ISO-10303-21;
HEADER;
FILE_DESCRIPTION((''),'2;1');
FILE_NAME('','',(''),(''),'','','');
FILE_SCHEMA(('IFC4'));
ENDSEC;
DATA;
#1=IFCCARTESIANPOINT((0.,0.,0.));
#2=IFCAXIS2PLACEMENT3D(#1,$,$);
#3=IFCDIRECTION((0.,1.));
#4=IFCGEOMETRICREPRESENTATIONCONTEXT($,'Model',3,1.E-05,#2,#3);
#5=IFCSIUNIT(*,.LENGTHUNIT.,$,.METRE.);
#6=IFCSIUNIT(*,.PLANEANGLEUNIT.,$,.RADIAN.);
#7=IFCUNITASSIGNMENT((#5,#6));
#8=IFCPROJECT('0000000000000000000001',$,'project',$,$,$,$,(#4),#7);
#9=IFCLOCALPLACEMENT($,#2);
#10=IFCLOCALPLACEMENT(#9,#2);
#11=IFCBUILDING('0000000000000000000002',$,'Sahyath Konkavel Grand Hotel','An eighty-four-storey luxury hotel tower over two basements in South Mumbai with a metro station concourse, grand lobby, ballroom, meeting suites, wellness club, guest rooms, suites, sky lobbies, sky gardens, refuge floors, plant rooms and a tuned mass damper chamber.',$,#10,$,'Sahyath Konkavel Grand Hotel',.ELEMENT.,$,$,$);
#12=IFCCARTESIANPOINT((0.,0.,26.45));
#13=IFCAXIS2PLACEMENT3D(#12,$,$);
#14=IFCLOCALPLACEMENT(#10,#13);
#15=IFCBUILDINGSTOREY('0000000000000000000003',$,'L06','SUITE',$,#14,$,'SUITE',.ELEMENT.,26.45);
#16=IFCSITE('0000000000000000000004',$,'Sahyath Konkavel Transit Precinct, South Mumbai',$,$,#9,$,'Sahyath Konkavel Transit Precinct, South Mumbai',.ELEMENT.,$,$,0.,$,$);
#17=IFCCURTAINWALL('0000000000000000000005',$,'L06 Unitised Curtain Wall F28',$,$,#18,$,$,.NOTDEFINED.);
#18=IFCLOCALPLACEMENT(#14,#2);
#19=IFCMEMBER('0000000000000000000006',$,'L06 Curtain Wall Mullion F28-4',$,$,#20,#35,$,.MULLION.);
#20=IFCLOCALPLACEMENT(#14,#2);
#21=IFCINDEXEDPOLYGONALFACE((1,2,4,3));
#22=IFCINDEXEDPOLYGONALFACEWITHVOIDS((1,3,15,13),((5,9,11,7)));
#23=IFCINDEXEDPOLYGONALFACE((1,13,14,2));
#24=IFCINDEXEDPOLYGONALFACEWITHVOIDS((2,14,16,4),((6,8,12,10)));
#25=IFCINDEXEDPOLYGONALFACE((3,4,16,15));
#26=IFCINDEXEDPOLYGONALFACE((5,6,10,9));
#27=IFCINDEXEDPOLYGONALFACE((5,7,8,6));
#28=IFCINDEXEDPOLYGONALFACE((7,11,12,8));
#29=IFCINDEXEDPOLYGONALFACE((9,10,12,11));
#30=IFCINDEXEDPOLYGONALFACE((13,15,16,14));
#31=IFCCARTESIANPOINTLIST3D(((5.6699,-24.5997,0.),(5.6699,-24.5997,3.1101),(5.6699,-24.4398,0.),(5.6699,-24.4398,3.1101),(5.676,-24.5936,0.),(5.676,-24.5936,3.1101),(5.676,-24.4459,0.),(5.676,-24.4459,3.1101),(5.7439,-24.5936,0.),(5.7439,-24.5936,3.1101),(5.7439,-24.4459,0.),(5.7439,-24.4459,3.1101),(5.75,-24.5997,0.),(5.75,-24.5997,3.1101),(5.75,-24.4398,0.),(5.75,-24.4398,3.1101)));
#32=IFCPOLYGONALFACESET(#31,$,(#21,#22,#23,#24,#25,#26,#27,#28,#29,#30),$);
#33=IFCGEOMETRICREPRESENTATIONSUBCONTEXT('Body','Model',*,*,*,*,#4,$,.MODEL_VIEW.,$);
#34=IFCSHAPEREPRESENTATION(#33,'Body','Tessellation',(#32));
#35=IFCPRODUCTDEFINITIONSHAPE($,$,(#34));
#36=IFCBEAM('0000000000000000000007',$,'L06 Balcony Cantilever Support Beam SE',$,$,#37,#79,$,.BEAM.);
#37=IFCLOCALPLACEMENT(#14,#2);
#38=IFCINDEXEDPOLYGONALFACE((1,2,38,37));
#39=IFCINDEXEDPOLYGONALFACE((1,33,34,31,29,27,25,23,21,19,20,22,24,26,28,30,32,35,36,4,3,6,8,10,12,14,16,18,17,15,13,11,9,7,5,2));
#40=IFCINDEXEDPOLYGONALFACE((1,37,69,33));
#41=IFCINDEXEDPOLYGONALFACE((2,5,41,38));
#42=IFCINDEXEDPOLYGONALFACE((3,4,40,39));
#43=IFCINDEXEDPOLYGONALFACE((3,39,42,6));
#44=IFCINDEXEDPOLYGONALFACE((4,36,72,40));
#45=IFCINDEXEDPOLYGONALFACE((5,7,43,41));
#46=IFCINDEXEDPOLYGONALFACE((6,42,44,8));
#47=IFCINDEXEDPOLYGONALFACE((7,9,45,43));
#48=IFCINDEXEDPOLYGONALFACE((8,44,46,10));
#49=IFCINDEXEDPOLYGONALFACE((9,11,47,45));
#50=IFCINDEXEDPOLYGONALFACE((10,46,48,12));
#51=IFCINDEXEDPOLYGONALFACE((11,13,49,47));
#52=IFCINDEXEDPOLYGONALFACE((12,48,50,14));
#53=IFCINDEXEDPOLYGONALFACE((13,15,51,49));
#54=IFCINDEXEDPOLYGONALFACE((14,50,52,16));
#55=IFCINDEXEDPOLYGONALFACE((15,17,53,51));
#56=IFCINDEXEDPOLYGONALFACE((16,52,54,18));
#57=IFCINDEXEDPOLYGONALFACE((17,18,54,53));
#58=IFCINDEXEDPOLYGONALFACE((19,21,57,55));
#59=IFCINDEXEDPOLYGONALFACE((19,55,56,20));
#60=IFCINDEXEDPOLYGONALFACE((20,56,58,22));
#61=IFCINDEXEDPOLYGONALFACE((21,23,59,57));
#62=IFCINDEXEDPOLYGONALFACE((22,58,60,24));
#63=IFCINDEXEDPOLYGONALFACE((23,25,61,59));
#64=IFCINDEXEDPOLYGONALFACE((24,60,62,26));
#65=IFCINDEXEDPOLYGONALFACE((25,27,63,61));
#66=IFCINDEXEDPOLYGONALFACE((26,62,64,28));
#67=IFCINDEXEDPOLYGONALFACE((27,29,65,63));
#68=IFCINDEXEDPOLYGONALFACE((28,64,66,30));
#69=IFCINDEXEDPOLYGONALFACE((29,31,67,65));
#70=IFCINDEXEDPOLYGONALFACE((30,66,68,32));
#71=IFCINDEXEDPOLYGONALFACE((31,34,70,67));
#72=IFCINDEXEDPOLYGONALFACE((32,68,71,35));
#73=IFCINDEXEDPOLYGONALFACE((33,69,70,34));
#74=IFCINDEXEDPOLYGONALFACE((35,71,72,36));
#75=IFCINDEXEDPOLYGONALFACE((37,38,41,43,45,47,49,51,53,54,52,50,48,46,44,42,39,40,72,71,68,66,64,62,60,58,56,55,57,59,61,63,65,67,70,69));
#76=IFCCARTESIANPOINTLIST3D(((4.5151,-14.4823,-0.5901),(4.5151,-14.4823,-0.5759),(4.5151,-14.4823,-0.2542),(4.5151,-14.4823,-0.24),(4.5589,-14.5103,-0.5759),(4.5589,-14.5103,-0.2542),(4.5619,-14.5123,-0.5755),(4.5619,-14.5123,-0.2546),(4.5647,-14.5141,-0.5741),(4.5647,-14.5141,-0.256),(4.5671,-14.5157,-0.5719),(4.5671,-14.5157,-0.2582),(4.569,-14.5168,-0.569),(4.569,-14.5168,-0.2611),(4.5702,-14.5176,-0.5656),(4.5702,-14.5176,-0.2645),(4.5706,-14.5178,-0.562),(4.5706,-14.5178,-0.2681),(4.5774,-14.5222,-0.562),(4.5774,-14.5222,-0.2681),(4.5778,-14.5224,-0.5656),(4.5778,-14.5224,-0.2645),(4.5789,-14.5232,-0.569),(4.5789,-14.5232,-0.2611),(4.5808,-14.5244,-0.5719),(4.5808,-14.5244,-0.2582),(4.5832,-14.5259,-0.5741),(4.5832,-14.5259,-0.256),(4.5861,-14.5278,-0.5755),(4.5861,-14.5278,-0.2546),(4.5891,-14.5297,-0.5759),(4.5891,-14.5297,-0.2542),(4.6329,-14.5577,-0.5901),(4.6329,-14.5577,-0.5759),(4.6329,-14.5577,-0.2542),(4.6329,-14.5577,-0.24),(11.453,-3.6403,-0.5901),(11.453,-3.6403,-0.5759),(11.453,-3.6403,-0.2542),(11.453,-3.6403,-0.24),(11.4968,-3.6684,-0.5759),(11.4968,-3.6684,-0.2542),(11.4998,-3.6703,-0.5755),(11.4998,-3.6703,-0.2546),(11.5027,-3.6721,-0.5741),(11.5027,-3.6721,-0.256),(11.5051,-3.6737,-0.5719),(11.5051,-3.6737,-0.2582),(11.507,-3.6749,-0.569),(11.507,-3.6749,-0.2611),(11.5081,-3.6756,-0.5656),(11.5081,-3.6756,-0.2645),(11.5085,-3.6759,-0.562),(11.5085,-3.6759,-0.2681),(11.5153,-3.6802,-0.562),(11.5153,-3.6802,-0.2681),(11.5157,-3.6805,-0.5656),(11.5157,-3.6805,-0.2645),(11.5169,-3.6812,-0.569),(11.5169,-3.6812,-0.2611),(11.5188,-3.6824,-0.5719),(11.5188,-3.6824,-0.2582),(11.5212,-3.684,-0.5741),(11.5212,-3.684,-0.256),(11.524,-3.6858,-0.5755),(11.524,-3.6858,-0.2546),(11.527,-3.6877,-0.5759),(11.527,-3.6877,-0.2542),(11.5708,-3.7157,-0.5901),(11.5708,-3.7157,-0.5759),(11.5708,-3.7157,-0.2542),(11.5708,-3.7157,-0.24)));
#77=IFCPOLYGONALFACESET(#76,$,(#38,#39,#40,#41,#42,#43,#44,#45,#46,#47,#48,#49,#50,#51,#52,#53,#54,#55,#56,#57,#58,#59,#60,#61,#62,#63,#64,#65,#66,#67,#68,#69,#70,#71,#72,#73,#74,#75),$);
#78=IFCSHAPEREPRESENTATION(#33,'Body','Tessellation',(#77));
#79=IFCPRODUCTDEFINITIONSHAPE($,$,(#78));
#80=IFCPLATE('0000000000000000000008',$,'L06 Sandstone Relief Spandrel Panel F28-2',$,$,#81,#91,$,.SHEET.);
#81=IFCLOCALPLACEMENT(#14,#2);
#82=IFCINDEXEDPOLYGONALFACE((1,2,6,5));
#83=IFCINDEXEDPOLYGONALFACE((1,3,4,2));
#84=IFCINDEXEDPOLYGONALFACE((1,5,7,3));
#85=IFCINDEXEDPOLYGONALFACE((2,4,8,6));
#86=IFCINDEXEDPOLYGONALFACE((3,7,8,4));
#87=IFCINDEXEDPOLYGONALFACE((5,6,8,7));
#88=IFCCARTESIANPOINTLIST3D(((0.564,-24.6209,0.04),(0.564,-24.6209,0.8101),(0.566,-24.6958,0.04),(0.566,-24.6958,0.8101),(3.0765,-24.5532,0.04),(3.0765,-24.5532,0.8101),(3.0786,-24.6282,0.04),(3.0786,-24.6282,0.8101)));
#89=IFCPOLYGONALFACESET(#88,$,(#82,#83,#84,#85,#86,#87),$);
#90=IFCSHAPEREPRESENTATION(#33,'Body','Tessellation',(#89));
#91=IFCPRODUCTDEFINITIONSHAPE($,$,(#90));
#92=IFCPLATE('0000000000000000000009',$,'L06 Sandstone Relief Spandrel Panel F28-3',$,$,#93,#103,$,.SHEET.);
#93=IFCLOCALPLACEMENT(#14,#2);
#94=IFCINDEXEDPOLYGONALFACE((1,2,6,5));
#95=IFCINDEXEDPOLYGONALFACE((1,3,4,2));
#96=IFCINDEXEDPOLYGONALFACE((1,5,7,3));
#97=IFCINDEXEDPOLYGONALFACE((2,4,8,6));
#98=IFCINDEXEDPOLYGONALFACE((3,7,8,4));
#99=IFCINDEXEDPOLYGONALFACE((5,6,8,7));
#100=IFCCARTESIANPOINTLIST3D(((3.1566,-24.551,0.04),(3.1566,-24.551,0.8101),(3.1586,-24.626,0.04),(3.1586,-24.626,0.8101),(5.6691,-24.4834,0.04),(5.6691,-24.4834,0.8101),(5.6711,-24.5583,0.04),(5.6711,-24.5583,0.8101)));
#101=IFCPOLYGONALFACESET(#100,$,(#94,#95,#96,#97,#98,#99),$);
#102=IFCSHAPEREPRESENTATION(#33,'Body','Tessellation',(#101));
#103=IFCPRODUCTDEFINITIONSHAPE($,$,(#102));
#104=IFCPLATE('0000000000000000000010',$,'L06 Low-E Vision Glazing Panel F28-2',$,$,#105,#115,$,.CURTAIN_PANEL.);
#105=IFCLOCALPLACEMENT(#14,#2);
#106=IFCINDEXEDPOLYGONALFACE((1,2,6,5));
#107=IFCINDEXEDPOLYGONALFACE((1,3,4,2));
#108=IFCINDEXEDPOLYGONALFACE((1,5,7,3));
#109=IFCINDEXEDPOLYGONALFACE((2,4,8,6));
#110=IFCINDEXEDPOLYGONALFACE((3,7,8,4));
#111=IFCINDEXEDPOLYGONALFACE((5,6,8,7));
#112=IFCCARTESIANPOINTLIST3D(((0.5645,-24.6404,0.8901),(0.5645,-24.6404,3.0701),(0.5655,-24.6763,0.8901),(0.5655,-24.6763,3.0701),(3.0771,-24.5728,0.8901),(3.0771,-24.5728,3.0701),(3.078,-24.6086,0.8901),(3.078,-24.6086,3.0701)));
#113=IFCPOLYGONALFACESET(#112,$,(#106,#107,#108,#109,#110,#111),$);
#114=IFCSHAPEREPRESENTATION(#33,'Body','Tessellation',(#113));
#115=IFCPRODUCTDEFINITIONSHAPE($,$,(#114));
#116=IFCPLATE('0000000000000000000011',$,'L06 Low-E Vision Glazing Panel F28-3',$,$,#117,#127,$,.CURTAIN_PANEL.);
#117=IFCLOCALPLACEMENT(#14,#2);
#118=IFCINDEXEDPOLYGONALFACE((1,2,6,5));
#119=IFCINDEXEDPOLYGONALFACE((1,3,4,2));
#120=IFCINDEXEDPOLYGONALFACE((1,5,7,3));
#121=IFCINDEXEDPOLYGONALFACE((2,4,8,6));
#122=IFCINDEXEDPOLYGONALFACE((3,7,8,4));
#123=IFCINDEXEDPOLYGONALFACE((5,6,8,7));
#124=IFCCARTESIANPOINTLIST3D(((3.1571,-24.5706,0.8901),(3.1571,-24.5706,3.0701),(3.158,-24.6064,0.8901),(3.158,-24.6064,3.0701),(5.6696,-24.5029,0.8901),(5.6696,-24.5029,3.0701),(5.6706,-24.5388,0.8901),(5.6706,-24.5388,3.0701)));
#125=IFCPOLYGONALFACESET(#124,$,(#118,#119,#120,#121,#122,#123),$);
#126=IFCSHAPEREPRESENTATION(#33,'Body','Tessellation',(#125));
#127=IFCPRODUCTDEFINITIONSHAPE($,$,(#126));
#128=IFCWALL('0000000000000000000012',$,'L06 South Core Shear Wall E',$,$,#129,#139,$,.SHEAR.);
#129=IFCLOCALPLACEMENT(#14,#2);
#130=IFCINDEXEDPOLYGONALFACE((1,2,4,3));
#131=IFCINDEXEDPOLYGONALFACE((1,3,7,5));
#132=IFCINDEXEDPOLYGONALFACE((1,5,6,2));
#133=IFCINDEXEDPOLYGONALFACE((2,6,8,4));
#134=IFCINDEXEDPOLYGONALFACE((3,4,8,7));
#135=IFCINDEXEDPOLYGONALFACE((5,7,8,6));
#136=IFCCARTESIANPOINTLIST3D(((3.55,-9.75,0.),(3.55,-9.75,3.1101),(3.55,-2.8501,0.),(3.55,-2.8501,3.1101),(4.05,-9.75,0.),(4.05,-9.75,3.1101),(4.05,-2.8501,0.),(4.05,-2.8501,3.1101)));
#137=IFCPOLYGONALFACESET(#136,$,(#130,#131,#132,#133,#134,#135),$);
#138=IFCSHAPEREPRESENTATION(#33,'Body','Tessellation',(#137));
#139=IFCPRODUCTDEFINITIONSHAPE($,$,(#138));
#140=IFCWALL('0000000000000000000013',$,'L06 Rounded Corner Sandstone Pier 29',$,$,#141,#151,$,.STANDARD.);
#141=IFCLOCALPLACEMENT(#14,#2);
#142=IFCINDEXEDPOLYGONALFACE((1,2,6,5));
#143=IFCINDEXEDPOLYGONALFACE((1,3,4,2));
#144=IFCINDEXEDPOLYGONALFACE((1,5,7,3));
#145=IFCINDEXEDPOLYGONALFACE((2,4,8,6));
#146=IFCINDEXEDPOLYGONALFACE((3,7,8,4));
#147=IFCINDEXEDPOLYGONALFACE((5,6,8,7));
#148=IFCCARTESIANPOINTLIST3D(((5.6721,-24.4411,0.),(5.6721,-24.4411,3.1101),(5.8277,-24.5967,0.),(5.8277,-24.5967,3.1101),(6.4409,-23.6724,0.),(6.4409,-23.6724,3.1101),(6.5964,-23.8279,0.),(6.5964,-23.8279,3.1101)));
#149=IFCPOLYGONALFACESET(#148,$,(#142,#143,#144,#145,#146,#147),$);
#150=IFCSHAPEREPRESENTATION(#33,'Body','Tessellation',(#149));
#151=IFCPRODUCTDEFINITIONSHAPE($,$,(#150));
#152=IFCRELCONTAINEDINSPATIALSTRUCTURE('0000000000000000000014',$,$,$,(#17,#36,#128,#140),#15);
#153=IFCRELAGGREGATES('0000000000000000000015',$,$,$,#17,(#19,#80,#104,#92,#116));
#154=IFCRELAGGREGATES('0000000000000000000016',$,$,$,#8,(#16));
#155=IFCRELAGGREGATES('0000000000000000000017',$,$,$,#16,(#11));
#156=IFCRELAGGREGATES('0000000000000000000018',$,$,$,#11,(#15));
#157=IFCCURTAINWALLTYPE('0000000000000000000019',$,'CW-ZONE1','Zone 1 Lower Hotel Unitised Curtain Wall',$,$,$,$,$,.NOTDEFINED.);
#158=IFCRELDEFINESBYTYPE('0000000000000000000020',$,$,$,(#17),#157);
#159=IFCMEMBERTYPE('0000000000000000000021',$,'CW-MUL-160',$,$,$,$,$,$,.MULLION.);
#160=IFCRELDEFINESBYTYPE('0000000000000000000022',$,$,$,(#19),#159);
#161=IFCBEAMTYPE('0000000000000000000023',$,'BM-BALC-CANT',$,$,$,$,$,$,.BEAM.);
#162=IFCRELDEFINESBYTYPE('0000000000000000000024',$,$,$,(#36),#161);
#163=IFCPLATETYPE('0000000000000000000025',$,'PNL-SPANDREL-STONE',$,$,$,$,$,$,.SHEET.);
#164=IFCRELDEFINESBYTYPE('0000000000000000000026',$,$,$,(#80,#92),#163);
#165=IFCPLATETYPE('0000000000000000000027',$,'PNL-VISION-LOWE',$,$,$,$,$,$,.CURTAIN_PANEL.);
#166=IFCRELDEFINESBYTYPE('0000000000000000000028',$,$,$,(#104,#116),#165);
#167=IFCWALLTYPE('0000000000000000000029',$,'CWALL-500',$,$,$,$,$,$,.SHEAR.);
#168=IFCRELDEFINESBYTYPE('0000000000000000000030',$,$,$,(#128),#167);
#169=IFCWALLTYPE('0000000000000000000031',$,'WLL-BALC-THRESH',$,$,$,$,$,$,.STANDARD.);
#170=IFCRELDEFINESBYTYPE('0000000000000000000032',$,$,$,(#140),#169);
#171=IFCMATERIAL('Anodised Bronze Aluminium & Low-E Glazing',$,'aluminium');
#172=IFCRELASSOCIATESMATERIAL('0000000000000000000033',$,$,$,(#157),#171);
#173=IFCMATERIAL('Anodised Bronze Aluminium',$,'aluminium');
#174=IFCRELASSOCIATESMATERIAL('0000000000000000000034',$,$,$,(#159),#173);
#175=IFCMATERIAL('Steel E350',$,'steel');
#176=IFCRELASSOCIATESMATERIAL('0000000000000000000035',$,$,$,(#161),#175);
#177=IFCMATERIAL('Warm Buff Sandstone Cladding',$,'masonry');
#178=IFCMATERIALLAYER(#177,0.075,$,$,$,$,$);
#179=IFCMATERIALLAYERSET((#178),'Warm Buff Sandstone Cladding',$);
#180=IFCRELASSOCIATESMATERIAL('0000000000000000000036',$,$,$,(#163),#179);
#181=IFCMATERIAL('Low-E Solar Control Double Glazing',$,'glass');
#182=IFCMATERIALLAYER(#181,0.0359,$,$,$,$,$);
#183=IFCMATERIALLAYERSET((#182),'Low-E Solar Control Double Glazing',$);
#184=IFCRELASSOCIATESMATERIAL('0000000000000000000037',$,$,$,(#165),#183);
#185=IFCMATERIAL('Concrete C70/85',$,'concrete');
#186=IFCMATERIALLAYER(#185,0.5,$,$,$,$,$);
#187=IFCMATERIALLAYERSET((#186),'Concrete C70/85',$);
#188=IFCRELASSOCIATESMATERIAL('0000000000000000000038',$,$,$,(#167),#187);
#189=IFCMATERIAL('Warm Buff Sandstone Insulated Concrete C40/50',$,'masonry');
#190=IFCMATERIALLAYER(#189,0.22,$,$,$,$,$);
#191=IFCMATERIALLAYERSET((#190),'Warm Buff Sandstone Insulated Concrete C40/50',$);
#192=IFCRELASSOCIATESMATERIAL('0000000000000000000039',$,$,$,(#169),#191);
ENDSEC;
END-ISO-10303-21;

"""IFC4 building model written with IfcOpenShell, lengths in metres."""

from ifc_helpers import new_model, si_unit, direction, frame, frame_2d, origin, origin_2d, place, context, subcontext, project, spatial, rectangle, hollow_rectangle, i_section, extrude, source, transform, mapped, material, layer, layer_set, material_profile, profile_set, type_object, element, aggregate, save


model = new_model("IFC4")

# Units and contexts
model_context = context("Model", 3, precision=1e-05, world=origin(), true_north=direction((0.0, 1.0)))
body_context = subcontext(model_context, "Body", "Model", "MODEL_VIEW")
ifc_project = project(units=[si_unit("LENGTHUNIT", "METRE"), si_unit("PLANEANGLEUNIT", "RADIAN")], contexts=[model_context])

# Site, building, storey
site_placement = place(None, origin())
site = spatial("IfcSite", under=ifc_project, at=site_placement, Name="Sahyath Konkavel Transit Precinct, South Mumbai", LongName="Sahyath Konkavel Transit Precinct, South Mumbai", CompositionType="ELEMENT", RefElevation=0.0)
building_placement = place(site_placement, origin())
building = spatial("IfcBuilding", under=site, at=building_placement, Name="Sahyath Konkavel Grand Hotel", Description="An eighty-four-storey luxury hotel tower over two basements in South Mumbai with a metro station concourse, grand lobby, ballroom, meeting suites, wellness club, guest rooms, suites, sky lobbies, sky gardens, refuge floors, plant rooms and a tuned mass damper chamber.", LongName="Sahyath Konkavel Grand Hotel", CompositionType="ELEMENT")
storey_placement = place(building_placement, frame((0.0, 0.0, 26.45)))
storey = spatial("IfcBuildingStorey", under=building, at=storey_placement, Name="L06", Description="SUITE", LongName="SUITE", CompositionType="ELEMENT", Elevation=26.45)

# Shared definitions
ifc_material_1 = material(Name="Concrete C70/85", Category="concrete")

# Shared definitions
ifc_material_2 = material(Name="Steel E350", Category="steel")

# Curtain wall, member
ifc_material_3 = material(Name="Anodised Bronze Aluminium & Low-E Glazing", Category="aluminium")
curtain_wall_type = type_object("IfcCurtainWallType", Name="CW-ZONE1", Description="Zone 1 Lower Hotel Unitised Curtain Wall", PredefinedType="NOTDEFINED", material=ifc_material_3)
curtain_wall_placement = place(storey_placement, origin())
curtain_wall = element("IfcCurtainWall", 1, at=curtain_wall_placement, inside=storey, type_object=curtain_wall_type, Name="L06 Unitised Curtain Wall F28", PredefinedType="NOTDEFINED")
ifc_material_4 = material(Name="Anodised Bronze Aluminium", Category="aluminium")
ifc_material_profile_1 = material_profile(ifc_material_4, hollow_rectangle(XDim=0.0801, YDim=0.1599, WallThickness=0.0061, at=origin_2d()), Name="RHS 160x80x6")
ifc_profile_set_1 = profile_set([ifc_material_profile_1], Name="Anodised Bronze Aluminium")
member_type_1 = type_object("IfcMemberType", Name="CW-MUL-160", PredefinedType="MULLION", material=ifc_profile_set_1)
shared_shape_1 = source(origin(), body_context, "Body", "SweptSolid", [
    extrude(hollow_rectangle(XDim=0.0801, YDim=0.1599, WallThickness=0.0061, at=origin_2d()), origin(), (0.0, 0.0, 1.0), 3.1101),
])
member_1_placement = place(storey_placement, frame((5.71, -24.5198, 0.0), z_axis=(0.0, 0.0, 1.0), x_axis=(1.0, 0.0, 0.0)))
member_1 = element("IfcMember", 2, at=member_1_placement, type_object=member_type_1, Name="L06 Curtain Wall Mullion F28-4", PredefinedType="MULLION", context=body_context, shape_type="MappedRepresentation", body=[
    mapped(shared_shape_1, transform((0.0, 0.0, 0.0), scale=1.0)),
])

# Beam
ifc_material_profile_2 = material_profile(ifc_material_2, i_section(OverallWidth=0.1399, OverallDepth=0.3501, WebThickness=0.0081, FlangeThickness=0.0142, FilletRadius=0.0139, at=origin_2d()), Name="ISMB 350")
ifc_profile_set_2 = profile_set([ifc_material_profile_2], Name="Steel E350")
beam_type_1 = type_object("IfcBeamType", Name="BM-BALC-CANT", PredefinedType="BEAM", material=ifc_profile_set_2)
shared_shape_2 = source(origin(), body_context, "Body", "SweptSolid", [
    extrude(i_section(OverallWidth=0.1399, OverallDepth=0.3501, WebThickness=0.0081, FlangeThickness=0.0142, FilletRadius=0.0139, at=origin_2d()), origin(), (0.0, 0.0, 1.0), 12.8718),
])
beam_1_placement = place(storey_placement, frame((4.574, -14.52, -0.415), z_axis=(0.539003, 0.842304, 0.0), x_axis=(-0.842304, 0.539003, 0.0)))
element("IfcBeam", 3, at=beam_1_placement, inside=storey, type_object=beam_type_1, Name="L06 Balcony Cantilever Support Beam SE", PredefinedType="BEAM", context=body_context, shape_type="MappedRepresentation", body=[
    mapped(shared_shape_2, transform((0.0, 0.0, 0.0), scale=1.0)),
])

# Plates
ifc_material_5 = material(Name="Warm Buff Sandstone Cladding", Category="masonry")
ifc_layer_1 = layer(ifc_material_5, 0.075)
ifc_layer_set_1 = layer_set([ifc_layer_1], Name="Warm Buff Sandstone Cladding")
plate_type_1 = type_object("IfcPlateType", Name="PNL-SPANDREL-STONE", PredefinedType="SHEET", material=ifc_layer_set_1)
shared_shape_3 = source(origin(), body_context, "Body", "SweptSolid", [
    extrude(rectangle(XDim=2.5134, YDim=0.075, at=origin_2d()), origin(), (0.0, 0.0, 1.0), 0.77),
])
plate_1_placement = place(storey_placement, frame((1.8213, -24.6245, 0.04), z_axis=(0.0, 0.0, 1.0), x_axis=(0.999638, 0.02691, 0.0)))
plate_1 = element("IfcPlate", 4, at=plate_1_placement, type_object=plate_type_1, Name="L06 Sandstone Relief Spandrel Panel F28-2", PredefinedType="SHEET", context=body_context, shape_type="MappedRepresentation", body=[
    mapped(shared_shape_3, transform((0.0, 0.0, 0.0), scale=1.0)),
])
plate_2_placement = place(storey_placement, frame((4.4138, -24.5547, 0.04), z_axis=(0.0, 0.0, 1.0), x_axis=(0.999638, 0.02691, 0.0)))
plate_2 = element("IfcPlate", 5, at=plate_2_placement, type_object=plate_type_1, Name="L06 Sandstone Relief Spandrel Panel F28-3", PredefinedType="SHEET", context=body_context, shape_type="MappedRepresentation", body=[
    mapped(shared_shape_3, transform((0.0, 0.0, 0.0), scale=1.0)),
])
ifc_material_6 = material(Name="Low-E Solar Control Double Glazing", Category="glass")
ifc_layer_2 = layer(ifc_material_6, 0.0359)
ifc_layer_set_2 = layer_set([ifc_layer_2], Name="Low-E Solar Control Double Glazing")
plate_type_2 = type_object("IfcPlateType", Name="PNL-VISION-LOWE", PredefinedType="CURTAIN_PANEL", material=ifc_layer_set_2)
shared_shape_4 = source(origin(), body_context, "Body", "SweptSolid", [
    extrude(rectangle(XDim=2.5134, YDim=0.0359, at=origin_2d()), origin(), (0.0, 0.0, 1.0), 2.1799),
])
plate_3_placement = place(storey_placement, frame((1.8213, -24.6245, 0.8901), z_axis=(0.0, 0.0, 1.0), x_axis=(0.999638, 0.02691, 0.0)))
plate_3 = element("IfcPlate", 6, at=plate_3_placement, type_object=plate_type_2, Name="L06 Low-E Vision Glazing Panel F28-2", PredefinedType="CURTAIN_PANEL", context=body_context, shape_type="MappedRepresentation", body=[
    mapped(shared_shape_4, transform((0.0, 0.0, 0.0), scale=1.0)),
])
plate_4_placement = place(storey_placement, frame((4.4138, -24.5547, 0.8901), z_axis=(0.0, 0.0, 1.0), x_axis=(0.999638, 0.02691, 0.0)))
plate_4 = element("IfcPlate", 7, at=plate_4_placement, type_object=plate_type_2, Name="L06 Low-E Vision Glazing Panel F28-3", PredefinedType="CURTAIN_PANEL", context=body_context, shape_type="MappedRepresentation", body=[
    mapped(shared_shape_4, transform((0.0, 0.0, 0.0), scale=1.0)),
])
aggregate(curtain_wall, [member_1, plate_1, plate_3, plate_2, plate_4])

# Walls
ifc_layer_3 = layer(ifc_material_1, 0.5)
ifc_layer_set_3 = layer_set([ifc_layer_3], Name="Concrete C70/85")
wall_type_1 = type_object("IfcWallType", Name="CWALL-500", PredefinedType="SHEAR", material=ifc_layer_set_3)
wall_1_placement = place(storey_placement, frame((3.8, -9.75, 0.0), z_axis=(0.0, 0.0, 1.0), x_axis=(0.0, 1.0, 0.0)))
element("IfcWall", 8, at=wall_1_placement, inside=storey, type_object=wall_type_1, Name="L06 South Core Shear Wall E", PredefinedType="SHEAR", context=body_context, shape_type="SweptSolid", body=[
    extrude(rectangle(XDim=6.8999, YDim=0.5, at=frame_2d((3.45, 0.0))), origin(), (0.0, 0.0, 1.0), 3.1101),
])
ifc_material_7 = material(Name="Warm Buff Sandstone Insulated Concrete C40/50", Category="masonry")
ifc_layer_4 = layer(ifc_material_7, 0.22)
ifc_layer_set_4 = layer_set([ifc_layer_4], Name="Warm Buff Sandstone Insulated Concrete C40/50")
wall_type_2 = type_object("IfcWallType", Name="WLL-BALC-THRESH", PredefinedType="STANDARD", material=ifc_layer_set_4)
wall_2_placement = place(storey_placement, frame((5.75, -24.5188, 0.0), z_axis=(0.0, 0.0, 1.0), x_axis=(0.707107, 0.707107, 0.0)))
element("IfcWall", 9, at=wall_2_placement, inside=storey, type_object=wall_type_2, Name="L06 Rounded Corner Sandstone Pier 29", PredefinedType="STANDARD", context=body_context, shape_type="SweptSolid", body=[
    extrude(rectangle(XDim=1.0872, YDim=0.22, at=frame_2d((0.5435, 0.0))), origin(), (0.0, 0.0, 1.0), 3.1101),
])

save(model, "model.ifc")
